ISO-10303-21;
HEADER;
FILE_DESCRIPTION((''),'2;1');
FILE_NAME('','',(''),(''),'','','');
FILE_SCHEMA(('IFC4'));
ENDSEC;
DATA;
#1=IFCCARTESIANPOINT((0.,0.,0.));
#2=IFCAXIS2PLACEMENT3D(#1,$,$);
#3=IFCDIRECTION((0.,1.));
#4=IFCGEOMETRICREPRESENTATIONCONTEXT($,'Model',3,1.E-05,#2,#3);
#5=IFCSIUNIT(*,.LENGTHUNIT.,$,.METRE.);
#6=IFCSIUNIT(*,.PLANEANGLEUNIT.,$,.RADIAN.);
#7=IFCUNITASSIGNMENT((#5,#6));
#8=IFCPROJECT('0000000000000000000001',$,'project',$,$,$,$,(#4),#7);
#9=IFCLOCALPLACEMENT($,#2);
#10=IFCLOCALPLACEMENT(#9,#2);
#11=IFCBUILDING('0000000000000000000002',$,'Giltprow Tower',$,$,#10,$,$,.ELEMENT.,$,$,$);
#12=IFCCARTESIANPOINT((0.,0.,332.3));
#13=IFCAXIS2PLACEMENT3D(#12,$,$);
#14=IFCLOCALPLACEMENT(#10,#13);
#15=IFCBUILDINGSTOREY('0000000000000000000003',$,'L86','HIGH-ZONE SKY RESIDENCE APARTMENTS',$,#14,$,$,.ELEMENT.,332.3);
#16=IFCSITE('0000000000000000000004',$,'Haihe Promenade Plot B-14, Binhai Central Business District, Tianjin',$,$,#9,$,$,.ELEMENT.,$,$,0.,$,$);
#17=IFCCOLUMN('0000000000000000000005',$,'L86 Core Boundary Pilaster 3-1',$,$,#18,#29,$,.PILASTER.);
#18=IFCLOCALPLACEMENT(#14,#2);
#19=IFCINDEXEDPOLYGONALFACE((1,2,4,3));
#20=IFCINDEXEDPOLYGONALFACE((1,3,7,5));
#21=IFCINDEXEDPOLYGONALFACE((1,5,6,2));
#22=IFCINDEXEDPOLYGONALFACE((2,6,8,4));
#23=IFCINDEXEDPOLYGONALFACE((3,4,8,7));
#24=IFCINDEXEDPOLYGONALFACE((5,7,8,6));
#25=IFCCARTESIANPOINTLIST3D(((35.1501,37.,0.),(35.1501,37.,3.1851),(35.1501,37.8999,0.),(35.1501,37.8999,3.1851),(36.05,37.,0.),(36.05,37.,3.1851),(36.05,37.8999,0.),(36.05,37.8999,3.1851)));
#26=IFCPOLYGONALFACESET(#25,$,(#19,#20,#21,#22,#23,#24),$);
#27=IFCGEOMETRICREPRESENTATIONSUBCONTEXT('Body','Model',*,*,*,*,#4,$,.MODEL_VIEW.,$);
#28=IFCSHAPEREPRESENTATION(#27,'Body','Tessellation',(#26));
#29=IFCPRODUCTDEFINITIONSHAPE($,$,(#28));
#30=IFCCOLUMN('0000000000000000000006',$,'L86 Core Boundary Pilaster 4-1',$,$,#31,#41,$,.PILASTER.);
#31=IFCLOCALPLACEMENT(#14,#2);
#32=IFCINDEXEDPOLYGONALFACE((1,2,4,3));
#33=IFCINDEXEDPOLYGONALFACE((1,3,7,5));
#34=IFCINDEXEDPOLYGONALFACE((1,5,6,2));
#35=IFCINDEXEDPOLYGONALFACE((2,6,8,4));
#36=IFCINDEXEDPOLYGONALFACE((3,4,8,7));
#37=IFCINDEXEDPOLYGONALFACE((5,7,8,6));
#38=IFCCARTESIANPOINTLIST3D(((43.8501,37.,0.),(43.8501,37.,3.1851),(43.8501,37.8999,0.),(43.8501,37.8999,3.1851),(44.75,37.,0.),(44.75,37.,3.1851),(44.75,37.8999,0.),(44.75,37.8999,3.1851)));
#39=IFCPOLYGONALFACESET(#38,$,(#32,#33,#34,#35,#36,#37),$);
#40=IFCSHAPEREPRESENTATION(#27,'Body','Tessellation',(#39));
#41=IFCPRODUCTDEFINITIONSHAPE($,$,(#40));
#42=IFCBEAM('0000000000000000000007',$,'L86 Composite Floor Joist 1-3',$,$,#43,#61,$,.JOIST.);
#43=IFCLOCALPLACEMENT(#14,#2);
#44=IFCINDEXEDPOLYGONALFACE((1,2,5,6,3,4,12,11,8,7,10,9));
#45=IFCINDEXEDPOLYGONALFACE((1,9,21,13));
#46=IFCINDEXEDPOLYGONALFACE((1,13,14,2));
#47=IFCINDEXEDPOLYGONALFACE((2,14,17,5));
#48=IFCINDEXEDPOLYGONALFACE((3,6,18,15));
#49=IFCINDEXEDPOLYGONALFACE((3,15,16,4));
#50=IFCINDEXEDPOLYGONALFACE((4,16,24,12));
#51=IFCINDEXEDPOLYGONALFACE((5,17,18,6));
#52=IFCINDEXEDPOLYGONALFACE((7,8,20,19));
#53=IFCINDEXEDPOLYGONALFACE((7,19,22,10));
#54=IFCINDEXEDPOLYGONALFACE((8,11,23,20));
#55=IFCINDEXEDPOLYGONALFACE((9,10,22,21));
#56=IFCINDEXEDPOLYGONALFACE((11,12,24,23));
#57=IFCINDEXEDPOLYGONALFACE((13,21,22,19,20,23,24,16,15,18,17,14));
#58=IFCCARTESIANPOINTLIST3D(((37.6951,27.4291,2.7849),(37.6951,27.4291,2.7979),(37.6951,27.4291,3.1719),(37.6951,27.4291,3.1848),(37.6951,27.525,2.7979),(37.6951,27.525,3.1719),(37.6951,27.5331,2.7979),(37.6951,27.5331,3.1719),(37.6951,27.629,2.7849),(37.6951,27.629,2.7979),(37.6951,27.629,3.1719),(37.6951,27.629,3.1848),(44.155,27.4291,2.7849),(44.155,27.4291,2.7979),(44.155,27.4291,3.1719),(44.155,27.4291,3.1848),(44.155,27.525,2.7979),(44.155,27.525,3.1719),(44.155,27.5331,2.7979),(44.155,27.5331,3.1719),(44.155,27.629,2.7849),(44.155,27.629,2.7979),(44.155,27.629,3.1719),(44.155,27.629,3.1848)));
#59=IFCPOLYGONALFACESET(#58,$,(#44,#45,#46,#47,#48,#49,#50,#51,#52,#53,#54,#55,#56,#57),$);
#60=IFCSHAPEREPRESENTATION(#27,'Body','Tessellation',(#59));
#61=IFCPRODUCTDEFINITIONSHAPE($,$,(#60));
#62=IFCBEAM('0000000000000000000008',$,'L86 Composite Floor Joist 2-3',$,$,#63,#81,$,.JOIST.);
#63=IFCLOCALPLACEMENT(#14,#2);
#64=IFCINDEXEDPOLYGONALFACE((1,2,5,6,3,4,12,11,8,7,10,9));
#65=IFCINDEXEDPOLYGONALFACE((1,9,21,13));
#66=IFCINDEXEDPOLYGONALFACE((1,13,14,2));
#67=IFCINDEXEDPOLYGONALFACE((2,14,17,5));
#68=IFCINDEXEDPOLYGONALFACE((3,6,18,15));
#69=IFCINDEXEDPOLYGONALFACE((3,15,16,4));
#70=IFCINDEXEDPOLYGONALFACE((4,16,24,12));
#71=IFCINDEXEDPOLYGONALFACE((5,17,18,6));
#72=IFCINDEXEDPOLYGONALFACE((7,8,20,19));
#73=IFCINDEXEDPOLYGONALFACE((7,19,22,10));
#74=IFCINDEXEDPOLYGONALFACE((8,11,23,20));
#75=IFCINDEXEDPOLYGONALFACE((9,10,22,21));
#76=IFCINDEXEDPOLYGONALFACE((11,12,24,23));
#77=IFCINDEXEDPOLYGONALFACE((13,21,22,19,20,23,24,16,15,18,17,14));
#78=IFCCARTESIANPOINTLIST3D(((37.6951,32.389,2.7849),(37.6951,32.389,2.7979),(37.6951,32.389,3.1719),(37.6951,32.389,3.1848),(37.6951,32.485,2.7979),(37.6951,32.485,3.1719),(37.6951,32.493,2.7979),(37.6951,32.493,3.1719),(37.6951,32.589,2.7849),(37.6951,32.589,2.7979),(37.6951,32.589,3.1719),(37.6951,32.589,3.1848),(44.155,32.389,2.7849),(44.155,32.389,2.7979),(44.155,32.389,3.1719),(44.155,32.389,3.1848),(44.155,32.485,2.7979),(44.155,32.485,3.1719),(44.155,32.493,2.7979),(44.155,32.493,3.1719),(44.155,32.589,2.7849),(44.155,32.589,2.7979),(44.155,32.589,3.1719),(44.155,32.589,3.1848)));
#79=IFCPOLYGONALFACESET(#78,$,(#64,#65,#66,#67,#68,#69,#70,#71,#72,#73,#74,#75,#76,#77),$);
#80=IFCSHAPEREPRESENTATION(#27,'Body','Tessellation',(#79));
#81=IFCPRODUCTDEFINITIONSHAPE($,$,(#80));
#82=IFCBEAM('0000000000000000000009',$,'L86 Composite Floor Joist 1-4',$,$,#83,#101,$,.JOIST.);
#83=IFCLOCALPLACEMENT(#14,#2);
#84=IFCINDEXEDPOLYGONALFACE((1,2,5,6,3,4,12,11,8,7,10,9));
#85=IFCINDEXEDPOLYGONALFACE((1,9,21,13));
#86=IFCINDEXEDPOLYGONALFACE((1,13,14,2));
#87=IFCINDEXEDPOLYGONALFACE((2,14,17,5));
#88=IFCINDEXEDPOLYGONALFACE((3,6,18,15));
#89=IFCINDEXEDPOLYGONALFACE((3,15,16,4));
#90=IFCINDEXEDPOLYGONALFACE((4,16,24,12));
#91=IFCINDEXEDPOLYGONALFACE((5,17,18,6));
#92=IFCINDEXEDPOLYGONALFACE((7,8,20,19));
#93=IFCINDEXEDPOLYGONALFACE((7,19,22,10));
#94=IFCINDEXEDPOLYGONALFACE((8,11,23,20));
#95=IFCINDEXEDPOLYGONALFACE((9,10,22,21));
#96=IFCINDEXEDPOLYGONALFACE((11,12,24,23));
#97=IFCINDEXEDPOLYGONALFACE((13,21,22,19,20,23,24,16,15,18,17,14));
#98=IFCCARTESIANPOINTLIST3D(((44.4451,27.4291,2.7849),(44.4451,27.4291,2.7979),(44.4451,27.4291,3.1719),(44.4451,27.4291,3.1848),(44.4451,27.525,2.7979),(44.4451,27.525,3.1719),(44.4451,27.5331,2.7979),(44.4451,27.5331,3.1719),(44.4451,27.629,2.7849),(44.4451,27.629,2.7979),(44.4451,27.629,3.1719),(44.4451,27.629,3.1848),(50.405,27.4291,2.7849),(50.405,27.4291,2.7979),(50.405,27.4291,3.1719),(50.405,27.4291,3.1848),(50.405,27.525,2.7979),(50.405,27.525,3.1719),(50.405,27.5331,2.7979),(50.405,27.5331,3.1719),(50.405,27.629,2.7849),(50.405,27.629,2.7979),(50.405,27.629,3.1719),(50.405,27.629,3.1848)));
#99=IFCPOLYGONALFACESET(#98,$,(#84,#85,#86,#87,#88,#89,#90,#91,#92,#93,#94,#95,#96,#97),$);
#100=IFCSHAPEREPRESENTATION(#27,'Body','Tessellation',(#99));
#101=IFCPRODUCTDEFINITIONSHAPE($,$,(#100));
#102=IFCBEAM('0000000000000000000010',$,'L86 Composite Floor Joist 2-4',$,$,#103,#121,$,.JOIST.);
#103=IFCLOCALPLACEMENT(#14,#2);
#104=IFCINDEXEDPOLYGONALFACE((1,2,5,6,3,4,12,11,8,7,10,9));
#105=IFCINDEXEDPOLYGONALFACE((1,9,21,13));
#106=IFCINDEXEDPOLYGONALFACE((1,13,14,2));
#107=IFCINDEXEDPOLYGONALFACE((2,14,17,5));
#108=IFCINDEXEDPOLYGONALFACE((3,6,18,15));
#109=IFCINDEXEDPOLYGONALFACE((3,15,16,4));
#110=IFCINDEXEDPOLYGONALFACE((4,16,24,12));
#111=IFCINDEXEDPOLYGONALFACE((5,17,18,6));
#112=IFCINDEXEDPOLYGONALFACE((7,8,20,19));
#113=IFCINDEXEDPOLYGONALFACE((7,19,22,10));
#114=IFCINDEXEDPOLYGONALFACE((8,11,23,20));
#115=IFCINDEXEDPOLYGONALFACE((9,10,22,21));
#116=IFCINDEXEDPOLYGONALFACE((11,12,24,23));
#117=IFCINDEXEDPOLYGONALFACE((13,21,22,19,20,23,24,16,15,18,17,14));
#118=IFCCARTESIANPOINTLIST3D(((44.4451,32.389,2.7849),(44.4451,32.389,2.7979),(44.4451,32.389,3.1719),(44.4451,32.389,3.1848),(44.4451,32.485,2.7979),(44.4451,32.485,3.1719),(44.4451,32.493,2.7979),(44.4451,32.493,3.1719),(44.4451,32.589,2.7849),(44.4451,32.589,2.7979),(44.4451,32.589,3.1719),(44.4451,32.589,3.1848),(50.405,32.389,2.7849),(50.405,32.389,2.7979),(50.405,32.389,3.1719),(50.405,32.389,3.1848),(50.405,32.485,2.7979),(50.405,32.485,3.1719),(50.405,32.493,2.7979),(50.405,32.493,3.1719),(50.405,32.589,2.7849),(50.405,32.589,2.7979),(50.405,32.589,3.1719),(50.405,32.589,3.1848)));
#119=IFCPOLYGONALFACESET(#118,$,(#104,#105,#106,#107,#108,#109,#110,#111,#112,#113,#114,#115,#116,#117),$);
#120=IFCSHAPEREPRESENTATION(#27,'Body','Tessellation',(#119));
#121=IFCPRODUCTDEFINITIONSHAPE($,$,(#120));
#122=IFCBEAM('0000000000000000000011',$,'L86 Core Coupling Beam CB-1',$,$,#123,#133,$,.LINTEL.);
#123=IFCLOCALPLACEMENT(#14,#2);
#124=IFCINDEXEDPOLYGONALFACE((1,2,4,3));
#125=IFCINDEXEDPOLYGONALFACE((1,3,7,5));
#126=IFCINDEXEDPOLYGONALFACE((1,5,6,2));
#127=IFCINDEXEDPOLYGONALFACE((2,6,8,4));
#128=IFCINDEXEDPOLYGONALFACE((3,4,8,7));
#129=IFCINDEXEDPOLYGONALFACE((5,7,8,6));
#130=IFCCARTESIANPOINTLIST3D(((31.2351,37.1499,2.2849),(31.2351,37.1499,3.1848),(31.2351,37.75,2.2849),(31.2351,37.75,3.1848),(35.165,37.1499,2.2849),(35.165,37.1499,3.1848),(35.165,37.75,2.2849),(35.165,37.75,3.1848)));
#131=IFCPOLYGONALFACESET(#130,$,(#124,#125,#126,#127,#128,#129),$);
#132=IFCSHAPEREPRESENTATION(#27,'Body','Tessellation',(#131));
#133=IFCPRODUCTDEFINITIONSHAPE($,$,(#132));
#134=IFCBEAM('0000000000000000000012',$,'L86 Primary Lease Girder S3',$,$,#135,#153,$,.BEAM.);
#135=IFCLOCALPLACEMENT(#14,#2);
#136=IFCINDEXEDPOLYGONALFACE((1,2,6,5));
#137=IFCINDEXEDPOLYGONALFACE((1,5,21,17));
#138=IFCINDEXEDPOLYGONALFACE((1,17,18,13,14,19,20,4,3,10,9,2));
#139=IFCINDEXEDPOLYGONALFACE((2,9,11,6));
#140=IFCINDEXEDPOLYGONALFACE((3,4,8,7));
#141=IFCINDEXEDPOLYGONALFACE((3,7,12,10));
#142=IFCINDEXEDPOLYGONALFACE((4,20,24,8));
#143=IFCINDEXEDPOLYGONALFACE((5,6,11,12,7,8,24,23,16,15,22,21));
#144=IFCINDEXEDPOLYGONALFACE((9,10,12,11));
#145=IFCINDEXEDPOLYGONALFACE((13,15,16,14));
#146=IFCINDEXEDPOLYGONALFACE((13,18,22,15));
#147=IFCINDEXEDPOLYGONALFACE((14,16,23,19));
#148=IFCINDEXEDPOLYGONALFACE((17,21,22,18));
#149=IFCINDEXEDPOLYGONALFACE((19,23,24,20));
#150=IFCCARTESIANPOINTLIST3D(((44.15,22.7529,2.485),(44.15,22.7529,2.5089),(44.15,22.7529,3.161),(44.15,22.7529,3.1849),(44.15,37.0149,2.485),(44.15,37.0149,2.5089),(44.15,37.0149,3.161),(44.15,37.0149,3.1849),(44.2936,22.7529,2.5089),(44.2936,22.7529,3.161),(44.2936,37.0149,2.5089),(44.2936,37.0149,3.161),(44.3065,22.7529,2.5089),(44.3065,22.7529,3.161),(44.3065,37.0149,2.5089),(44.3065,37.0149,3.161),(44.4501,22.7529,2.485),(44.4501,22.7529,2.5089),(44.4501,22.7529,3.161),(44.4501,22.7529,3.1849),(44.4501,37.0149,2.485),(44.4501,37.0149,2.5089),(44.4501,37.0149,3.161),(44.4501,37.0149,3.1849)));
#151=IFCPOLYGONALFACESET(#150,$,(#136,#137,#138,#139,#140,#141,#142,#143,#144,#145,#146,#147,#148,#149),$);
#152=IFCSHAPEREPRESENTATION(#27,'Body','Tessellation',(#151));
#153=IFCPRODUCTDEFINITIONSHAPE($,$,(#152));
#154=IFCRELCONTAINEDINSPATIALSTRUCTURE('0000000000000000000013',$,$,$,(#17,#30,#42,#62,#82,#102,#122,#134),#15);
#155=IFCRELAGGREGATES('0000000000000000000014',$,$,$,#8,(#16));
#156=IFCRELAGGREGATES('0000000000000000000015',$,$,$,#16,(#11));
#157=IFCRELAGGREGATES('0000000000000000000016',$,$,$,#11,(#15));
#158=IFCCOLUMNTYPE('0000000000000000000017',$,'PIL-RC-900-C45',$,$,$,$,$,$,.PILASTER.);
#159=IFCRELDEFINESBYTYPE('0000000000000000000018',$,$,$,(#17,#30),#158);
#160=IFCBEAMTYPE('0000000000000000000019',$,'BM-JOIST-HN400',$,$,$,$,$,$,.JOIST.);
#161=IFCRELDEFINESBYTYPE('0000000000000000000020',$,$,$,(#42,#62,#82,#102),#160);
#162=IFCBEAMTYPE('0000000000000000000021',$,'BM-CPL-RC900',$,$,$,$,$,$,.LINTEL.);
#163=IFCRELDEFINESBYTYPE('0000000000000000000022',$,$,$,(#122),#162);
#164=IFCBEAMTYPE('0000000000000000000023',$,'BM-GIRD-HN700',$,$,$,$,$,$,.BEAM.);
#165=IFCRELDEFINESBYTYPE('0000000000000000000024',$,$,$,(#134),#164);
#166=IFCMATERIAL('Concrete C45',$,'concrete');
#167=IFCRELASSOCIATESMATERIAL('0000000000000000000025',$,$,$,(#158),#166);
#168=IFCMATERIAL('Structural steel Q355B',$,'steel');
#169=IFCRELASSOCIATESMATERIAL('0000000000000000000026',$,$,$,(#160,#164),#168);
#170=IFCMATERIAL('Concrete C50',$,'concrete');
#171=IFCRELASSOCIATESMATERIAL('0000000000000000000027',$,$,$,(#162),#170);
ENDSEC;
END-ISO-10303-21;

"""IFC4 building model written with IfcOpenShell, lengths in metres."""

from ifc_helpers import new_model, si_unit, direction, frame, origin, origin_2d, place, context, subcontext, project, spatial, rectangle, i_section, extrude, source, transform, mapped, material, material_profile, profile_set, type_object, element, save


model = new_model("IFC4")

# Units and contexts
model_context = context("Model", 3, precision=1e-05, world=origin(), true_north=direction((0.0, 1.0)))
body_context = subcontext(model_context, "Body", "Model", "MODEL_VIEW")
ifc_project = project(units=[si_unit("LENGTHUNIT", "METRE"), si_unit("PLANEANGLEUNIT", "RADIAN")], contexts=[model_context])

# Site, building, storey
site_placement = place(None, origin())
site = spatial("IfcSite", under=ifc_project, at=site_placement, Name="Haihe Promenade Plot B-14, Binhai Central Business District, Tianjin", CompositionType="ELEMENT", RefElevation=0.0)
building_placement = place(site_placement, origin())
building = spatial("IfcBuilding", under=site, at=building_placement, Name="Giltprow Tower", CompositionType="ELEMENT")
storey_placement = place(building_placement, frame((0.0, 0.0, 332.3)))
storey = spatial("IfcBuildingStorey", under=building, at=storey_placement, Name="L86", Description="HIGH-ZONE SKY RESIDENCE APARTMENTS", CompositionType="ELEMENT", Elevation=332.3)

# Columns
ifc_material_1 = material(Name="Concrete C45", Category="concrete")
ifc_material_profile_1 = material_profile(ifc_material_1, rectangle(XDim=0.8999, YDim=0.8999, at=origin_2d()), Name="RC 900x900")
ifc_profile_set_1 = profile_set([ifc_material_profile_1], Name="Concrete C45")
column_type = type_object("IfcColumnType", Name="PIL-RC-900-C45", PredefinedType="PILASTER", material=ifc_profile_set_1)
shared_shape_1 = source(origin(), body_context, "Body", "SweptSolid", [
    extrude(rectangle(XDim=0.8999, YDim=0.8999, at=origin_2d()), origin(), (0.0, 0.0, 1.0), 3.1851),
])
for number, where, z_axis, x_axis, name in (
    (1, (35.6001, 37.45, 0.0), (0.0, 0.0, 1.0), (1.0, 0.0, 0.0), "L86 Core Boundary Pilaster 3-1"),
    (2, (44.3, 37.45, 0.0), (0.0, 0.0, 1.0), (1.0, 0.0, 0.0), "L86 Core Boundary Pilaster 4-1"),
):
    element("IfcColumn", number, at=place(storey_placement, frame(where, z_axis=z_axis, x_axis=x_axis)), inside=storey, type_object=column_type, Name=name, PredefinedType="PILASTER", context=body_context, shape_type="MappedRepresentation", body=[
        mapped(shared_shape_1, transform((0.0, 0.0, 0.0), x_axis=(1.0, 0.0, 0.0), y_axis=(0.0, 1.0, 0.0), z_axis=(0.0, 0.0, 1.0), scale=1.0)),
    ])

# Beams
ifc_material_2 = material(Name="Structural steel Q355B", Category="steel")
ifc_material_profile_2 = material_profile(ifc_material_2, i_section(OverallWidth=0.2, OverallDepth=0.3999, WebThickness=0.0081, FlangeThickness=0.0129, at=origin_2d()), Name="HN 400x200x8x13")
ifc_profile_set_2 = profile_set([ifc_material_profile_2], Name="Structural steel Q355B")
beam_type_1 = type_object("IfcBeamType", Name="BM-JOIST-HN400", PredefinedType="JOIST", material=ifc_profile_set_2)
shared_shape_2 = source(origin(), body_context, "Body", "SweptSolid", [
    extrude(i_section(OverallWidth=0.2, OverallDepth=0.3999, WebThickness=0.0081, FlangeThickness=0.0129, at=origin_2d()), origin(), (0.0, 0.0, 1.0), 6.46),
])
for number, where, z_axis, x_axis, name in (
    (3, (37.6951, 27.5291, 2.9849), (1.0, 0.0, 0.0), (0.0, 1.0, 0.0), "L86 Composite Floor Joist 1-3"),
    (4, (37.6951, 32.489, 2.9849), (1.0, 0.0, 0.0), (0.0, 1.0, 0.0), "L86 Composite Floor Joist 2-3"),
):
    element("IfcBeam", number, at=place(storey_placement, frame(where, z_axis=z_axis, x_axis=x_axis)), inside=storey, type_object=beam_type_1, Name=name, PredefinedType="JOIST", context=body_context, shape_type="MappedRepresentation", body=[
        mapped(shared_shape_2, transform((0.0, 0.0, 0.0), x_axis=(1.0, 0.0, 0.0), y_axis=(0.0, 1.0, 0.0), z_axis=(0.0, 0.0, 1.0), scale=1.0)),
    ])
shared_shape_3 = source(origin(), body_context, "Body", "SweptSolid", [
    extrude(i_section(OverallWidth=0.2, OverallDepth=0.3999, WebThickness=0.0081, FlangeThickness=0.0129, at=origin_2d()), origin(), (0.0, 0.0, 1.0), 5.96),
])
for number, where, z_axis, x_axis, name in (
    (5, (44.4451, 27.5291, 2.9849), (1.0, 0.0, 0.0), (0.0, 1.0, 0.0), "L86 Composite Floor Joist 1-4"),
    (6, (44.4451, 32.489, 2.9849), (1.0, 0.0, 0.0), (0.0, 1.0, 0.0), "L86 Composite Floor Joist 2-4"),
):
    element("IfcBeam", number, at=place(storey_placement, frame(where, z_axis=z_axis, x_axis=x_axis)), inside=storey, type_object=beam_type_1, Name=name, PredefinedType="JOIST", context=body_context, shape_type="MappedRepresentation", body=[
        mapped(shared_shape_3, transform((0.0, 0.0, 0.0), x_axis=(1.0, 0.0, 0.0), y_axis=(0.0, 1.0, 0.0), z_axis=(0.0, 0.0, 1.0), scale=1.0)),
    ])
ifc_material_3 = material(Name="Concrete C50", Category="concrete")
ifc_material_profile_3 = material_profile(ifc_material_3, rectangle(XDim=0.6001, YDim=0.8999, at=origin_2d()), Name="RC 900x600")
ifc_profile_set_3 = profile_set([ifc_material_profile_3], Name="Concrete C50")
beam_type_2 = type_object("IfcBeamType", Name="BM-CPL-RC900", PredefinedType="LINTEL", material=ifc_profile_set_3)
shared_shape_4 = source(origin(), body_context, "Body", "SweptSolid", [
    extrude(rectangle(XDim=0.6001, YDim=0.8999, at=origin_2d()), origin(), (0.0, 0.0, 1.0), 3.9299),
])
beam_1_placement = place(storey_placement, frame((31.2351, 37.45, 2.7349), z_axis=(1.0, 0.0, 0.0), x_axis=(0.0, 1.0, 0.0)))
element("IfcBeam", 7, at=beam_1_placement, inside=storey, type_object=beam_type_2, Name="L86 Core Coupling Beam CB-1", PredefinedType="LINTEL", context=body_context, shape_type="MappedRepresentation", body=[
    mapped(shared_shape_4, transform((0.0, 0.0, 0.0), x_axis=(1.0, 0.0, 0.0), y_axis=(0.0, 1.0, 0.0), z_axis=(0.0, 0.0, 1.0), scale=1.0)),
])
ifc_material_profile_4 = material_profile(ifc_material_2, i_section(OverallWidth=0.3, OverallDepth=0.7, WebThickness=0.0129, FlangeThickness=0.0239, at=origin_2d()), Name="HN 700x300x13x24")
ifc_profile_set_4 = profile_set([ifc_material_profile_4], Name="Structural steel Q355B")
beam_type_3 = type_object("IfcBeamType", Name="BM-GIRD-HN700", PredefinedType="BEAM", material=ifc_profile_set_4)
shared_shape_5 = source(origin(), body_context, "Body", "SweptSolid", [
    extrude(i_section(OverallWidth=0.3, OverallDepth=0.7, WebThickness=0.0129, FlangeThickness=0.0239, at=origin_2d()), origin(), (0.0, 0.0, 1.0), 14.262),
])
beam_2_placement = place(storey_placement, frame((44.3, 22.7529, 2.835), z_axis=(0.0, 1.0, 0.0), x_axis=(-1.0, 0.0, 0.0)))
element("IfcBeam", 8, at=beam_2_placement, inside=storey, type_object=beam_type_3, Name="L86 Primary Lease Girder S3", PredefinedType="BEAM", context=body_context, shape_type="MappedRepresentation", body=[
    mapped(shared_shape_5, transform((0.0, 0.0, 0.0), x_axis=(1.0, 0.0, 0.0), y_axis=(0.0, 1.0, 0.0), z_axis=(0.0, 0.0, 1.0), scale=1.0)),
])

save(model, "model.ifc")
